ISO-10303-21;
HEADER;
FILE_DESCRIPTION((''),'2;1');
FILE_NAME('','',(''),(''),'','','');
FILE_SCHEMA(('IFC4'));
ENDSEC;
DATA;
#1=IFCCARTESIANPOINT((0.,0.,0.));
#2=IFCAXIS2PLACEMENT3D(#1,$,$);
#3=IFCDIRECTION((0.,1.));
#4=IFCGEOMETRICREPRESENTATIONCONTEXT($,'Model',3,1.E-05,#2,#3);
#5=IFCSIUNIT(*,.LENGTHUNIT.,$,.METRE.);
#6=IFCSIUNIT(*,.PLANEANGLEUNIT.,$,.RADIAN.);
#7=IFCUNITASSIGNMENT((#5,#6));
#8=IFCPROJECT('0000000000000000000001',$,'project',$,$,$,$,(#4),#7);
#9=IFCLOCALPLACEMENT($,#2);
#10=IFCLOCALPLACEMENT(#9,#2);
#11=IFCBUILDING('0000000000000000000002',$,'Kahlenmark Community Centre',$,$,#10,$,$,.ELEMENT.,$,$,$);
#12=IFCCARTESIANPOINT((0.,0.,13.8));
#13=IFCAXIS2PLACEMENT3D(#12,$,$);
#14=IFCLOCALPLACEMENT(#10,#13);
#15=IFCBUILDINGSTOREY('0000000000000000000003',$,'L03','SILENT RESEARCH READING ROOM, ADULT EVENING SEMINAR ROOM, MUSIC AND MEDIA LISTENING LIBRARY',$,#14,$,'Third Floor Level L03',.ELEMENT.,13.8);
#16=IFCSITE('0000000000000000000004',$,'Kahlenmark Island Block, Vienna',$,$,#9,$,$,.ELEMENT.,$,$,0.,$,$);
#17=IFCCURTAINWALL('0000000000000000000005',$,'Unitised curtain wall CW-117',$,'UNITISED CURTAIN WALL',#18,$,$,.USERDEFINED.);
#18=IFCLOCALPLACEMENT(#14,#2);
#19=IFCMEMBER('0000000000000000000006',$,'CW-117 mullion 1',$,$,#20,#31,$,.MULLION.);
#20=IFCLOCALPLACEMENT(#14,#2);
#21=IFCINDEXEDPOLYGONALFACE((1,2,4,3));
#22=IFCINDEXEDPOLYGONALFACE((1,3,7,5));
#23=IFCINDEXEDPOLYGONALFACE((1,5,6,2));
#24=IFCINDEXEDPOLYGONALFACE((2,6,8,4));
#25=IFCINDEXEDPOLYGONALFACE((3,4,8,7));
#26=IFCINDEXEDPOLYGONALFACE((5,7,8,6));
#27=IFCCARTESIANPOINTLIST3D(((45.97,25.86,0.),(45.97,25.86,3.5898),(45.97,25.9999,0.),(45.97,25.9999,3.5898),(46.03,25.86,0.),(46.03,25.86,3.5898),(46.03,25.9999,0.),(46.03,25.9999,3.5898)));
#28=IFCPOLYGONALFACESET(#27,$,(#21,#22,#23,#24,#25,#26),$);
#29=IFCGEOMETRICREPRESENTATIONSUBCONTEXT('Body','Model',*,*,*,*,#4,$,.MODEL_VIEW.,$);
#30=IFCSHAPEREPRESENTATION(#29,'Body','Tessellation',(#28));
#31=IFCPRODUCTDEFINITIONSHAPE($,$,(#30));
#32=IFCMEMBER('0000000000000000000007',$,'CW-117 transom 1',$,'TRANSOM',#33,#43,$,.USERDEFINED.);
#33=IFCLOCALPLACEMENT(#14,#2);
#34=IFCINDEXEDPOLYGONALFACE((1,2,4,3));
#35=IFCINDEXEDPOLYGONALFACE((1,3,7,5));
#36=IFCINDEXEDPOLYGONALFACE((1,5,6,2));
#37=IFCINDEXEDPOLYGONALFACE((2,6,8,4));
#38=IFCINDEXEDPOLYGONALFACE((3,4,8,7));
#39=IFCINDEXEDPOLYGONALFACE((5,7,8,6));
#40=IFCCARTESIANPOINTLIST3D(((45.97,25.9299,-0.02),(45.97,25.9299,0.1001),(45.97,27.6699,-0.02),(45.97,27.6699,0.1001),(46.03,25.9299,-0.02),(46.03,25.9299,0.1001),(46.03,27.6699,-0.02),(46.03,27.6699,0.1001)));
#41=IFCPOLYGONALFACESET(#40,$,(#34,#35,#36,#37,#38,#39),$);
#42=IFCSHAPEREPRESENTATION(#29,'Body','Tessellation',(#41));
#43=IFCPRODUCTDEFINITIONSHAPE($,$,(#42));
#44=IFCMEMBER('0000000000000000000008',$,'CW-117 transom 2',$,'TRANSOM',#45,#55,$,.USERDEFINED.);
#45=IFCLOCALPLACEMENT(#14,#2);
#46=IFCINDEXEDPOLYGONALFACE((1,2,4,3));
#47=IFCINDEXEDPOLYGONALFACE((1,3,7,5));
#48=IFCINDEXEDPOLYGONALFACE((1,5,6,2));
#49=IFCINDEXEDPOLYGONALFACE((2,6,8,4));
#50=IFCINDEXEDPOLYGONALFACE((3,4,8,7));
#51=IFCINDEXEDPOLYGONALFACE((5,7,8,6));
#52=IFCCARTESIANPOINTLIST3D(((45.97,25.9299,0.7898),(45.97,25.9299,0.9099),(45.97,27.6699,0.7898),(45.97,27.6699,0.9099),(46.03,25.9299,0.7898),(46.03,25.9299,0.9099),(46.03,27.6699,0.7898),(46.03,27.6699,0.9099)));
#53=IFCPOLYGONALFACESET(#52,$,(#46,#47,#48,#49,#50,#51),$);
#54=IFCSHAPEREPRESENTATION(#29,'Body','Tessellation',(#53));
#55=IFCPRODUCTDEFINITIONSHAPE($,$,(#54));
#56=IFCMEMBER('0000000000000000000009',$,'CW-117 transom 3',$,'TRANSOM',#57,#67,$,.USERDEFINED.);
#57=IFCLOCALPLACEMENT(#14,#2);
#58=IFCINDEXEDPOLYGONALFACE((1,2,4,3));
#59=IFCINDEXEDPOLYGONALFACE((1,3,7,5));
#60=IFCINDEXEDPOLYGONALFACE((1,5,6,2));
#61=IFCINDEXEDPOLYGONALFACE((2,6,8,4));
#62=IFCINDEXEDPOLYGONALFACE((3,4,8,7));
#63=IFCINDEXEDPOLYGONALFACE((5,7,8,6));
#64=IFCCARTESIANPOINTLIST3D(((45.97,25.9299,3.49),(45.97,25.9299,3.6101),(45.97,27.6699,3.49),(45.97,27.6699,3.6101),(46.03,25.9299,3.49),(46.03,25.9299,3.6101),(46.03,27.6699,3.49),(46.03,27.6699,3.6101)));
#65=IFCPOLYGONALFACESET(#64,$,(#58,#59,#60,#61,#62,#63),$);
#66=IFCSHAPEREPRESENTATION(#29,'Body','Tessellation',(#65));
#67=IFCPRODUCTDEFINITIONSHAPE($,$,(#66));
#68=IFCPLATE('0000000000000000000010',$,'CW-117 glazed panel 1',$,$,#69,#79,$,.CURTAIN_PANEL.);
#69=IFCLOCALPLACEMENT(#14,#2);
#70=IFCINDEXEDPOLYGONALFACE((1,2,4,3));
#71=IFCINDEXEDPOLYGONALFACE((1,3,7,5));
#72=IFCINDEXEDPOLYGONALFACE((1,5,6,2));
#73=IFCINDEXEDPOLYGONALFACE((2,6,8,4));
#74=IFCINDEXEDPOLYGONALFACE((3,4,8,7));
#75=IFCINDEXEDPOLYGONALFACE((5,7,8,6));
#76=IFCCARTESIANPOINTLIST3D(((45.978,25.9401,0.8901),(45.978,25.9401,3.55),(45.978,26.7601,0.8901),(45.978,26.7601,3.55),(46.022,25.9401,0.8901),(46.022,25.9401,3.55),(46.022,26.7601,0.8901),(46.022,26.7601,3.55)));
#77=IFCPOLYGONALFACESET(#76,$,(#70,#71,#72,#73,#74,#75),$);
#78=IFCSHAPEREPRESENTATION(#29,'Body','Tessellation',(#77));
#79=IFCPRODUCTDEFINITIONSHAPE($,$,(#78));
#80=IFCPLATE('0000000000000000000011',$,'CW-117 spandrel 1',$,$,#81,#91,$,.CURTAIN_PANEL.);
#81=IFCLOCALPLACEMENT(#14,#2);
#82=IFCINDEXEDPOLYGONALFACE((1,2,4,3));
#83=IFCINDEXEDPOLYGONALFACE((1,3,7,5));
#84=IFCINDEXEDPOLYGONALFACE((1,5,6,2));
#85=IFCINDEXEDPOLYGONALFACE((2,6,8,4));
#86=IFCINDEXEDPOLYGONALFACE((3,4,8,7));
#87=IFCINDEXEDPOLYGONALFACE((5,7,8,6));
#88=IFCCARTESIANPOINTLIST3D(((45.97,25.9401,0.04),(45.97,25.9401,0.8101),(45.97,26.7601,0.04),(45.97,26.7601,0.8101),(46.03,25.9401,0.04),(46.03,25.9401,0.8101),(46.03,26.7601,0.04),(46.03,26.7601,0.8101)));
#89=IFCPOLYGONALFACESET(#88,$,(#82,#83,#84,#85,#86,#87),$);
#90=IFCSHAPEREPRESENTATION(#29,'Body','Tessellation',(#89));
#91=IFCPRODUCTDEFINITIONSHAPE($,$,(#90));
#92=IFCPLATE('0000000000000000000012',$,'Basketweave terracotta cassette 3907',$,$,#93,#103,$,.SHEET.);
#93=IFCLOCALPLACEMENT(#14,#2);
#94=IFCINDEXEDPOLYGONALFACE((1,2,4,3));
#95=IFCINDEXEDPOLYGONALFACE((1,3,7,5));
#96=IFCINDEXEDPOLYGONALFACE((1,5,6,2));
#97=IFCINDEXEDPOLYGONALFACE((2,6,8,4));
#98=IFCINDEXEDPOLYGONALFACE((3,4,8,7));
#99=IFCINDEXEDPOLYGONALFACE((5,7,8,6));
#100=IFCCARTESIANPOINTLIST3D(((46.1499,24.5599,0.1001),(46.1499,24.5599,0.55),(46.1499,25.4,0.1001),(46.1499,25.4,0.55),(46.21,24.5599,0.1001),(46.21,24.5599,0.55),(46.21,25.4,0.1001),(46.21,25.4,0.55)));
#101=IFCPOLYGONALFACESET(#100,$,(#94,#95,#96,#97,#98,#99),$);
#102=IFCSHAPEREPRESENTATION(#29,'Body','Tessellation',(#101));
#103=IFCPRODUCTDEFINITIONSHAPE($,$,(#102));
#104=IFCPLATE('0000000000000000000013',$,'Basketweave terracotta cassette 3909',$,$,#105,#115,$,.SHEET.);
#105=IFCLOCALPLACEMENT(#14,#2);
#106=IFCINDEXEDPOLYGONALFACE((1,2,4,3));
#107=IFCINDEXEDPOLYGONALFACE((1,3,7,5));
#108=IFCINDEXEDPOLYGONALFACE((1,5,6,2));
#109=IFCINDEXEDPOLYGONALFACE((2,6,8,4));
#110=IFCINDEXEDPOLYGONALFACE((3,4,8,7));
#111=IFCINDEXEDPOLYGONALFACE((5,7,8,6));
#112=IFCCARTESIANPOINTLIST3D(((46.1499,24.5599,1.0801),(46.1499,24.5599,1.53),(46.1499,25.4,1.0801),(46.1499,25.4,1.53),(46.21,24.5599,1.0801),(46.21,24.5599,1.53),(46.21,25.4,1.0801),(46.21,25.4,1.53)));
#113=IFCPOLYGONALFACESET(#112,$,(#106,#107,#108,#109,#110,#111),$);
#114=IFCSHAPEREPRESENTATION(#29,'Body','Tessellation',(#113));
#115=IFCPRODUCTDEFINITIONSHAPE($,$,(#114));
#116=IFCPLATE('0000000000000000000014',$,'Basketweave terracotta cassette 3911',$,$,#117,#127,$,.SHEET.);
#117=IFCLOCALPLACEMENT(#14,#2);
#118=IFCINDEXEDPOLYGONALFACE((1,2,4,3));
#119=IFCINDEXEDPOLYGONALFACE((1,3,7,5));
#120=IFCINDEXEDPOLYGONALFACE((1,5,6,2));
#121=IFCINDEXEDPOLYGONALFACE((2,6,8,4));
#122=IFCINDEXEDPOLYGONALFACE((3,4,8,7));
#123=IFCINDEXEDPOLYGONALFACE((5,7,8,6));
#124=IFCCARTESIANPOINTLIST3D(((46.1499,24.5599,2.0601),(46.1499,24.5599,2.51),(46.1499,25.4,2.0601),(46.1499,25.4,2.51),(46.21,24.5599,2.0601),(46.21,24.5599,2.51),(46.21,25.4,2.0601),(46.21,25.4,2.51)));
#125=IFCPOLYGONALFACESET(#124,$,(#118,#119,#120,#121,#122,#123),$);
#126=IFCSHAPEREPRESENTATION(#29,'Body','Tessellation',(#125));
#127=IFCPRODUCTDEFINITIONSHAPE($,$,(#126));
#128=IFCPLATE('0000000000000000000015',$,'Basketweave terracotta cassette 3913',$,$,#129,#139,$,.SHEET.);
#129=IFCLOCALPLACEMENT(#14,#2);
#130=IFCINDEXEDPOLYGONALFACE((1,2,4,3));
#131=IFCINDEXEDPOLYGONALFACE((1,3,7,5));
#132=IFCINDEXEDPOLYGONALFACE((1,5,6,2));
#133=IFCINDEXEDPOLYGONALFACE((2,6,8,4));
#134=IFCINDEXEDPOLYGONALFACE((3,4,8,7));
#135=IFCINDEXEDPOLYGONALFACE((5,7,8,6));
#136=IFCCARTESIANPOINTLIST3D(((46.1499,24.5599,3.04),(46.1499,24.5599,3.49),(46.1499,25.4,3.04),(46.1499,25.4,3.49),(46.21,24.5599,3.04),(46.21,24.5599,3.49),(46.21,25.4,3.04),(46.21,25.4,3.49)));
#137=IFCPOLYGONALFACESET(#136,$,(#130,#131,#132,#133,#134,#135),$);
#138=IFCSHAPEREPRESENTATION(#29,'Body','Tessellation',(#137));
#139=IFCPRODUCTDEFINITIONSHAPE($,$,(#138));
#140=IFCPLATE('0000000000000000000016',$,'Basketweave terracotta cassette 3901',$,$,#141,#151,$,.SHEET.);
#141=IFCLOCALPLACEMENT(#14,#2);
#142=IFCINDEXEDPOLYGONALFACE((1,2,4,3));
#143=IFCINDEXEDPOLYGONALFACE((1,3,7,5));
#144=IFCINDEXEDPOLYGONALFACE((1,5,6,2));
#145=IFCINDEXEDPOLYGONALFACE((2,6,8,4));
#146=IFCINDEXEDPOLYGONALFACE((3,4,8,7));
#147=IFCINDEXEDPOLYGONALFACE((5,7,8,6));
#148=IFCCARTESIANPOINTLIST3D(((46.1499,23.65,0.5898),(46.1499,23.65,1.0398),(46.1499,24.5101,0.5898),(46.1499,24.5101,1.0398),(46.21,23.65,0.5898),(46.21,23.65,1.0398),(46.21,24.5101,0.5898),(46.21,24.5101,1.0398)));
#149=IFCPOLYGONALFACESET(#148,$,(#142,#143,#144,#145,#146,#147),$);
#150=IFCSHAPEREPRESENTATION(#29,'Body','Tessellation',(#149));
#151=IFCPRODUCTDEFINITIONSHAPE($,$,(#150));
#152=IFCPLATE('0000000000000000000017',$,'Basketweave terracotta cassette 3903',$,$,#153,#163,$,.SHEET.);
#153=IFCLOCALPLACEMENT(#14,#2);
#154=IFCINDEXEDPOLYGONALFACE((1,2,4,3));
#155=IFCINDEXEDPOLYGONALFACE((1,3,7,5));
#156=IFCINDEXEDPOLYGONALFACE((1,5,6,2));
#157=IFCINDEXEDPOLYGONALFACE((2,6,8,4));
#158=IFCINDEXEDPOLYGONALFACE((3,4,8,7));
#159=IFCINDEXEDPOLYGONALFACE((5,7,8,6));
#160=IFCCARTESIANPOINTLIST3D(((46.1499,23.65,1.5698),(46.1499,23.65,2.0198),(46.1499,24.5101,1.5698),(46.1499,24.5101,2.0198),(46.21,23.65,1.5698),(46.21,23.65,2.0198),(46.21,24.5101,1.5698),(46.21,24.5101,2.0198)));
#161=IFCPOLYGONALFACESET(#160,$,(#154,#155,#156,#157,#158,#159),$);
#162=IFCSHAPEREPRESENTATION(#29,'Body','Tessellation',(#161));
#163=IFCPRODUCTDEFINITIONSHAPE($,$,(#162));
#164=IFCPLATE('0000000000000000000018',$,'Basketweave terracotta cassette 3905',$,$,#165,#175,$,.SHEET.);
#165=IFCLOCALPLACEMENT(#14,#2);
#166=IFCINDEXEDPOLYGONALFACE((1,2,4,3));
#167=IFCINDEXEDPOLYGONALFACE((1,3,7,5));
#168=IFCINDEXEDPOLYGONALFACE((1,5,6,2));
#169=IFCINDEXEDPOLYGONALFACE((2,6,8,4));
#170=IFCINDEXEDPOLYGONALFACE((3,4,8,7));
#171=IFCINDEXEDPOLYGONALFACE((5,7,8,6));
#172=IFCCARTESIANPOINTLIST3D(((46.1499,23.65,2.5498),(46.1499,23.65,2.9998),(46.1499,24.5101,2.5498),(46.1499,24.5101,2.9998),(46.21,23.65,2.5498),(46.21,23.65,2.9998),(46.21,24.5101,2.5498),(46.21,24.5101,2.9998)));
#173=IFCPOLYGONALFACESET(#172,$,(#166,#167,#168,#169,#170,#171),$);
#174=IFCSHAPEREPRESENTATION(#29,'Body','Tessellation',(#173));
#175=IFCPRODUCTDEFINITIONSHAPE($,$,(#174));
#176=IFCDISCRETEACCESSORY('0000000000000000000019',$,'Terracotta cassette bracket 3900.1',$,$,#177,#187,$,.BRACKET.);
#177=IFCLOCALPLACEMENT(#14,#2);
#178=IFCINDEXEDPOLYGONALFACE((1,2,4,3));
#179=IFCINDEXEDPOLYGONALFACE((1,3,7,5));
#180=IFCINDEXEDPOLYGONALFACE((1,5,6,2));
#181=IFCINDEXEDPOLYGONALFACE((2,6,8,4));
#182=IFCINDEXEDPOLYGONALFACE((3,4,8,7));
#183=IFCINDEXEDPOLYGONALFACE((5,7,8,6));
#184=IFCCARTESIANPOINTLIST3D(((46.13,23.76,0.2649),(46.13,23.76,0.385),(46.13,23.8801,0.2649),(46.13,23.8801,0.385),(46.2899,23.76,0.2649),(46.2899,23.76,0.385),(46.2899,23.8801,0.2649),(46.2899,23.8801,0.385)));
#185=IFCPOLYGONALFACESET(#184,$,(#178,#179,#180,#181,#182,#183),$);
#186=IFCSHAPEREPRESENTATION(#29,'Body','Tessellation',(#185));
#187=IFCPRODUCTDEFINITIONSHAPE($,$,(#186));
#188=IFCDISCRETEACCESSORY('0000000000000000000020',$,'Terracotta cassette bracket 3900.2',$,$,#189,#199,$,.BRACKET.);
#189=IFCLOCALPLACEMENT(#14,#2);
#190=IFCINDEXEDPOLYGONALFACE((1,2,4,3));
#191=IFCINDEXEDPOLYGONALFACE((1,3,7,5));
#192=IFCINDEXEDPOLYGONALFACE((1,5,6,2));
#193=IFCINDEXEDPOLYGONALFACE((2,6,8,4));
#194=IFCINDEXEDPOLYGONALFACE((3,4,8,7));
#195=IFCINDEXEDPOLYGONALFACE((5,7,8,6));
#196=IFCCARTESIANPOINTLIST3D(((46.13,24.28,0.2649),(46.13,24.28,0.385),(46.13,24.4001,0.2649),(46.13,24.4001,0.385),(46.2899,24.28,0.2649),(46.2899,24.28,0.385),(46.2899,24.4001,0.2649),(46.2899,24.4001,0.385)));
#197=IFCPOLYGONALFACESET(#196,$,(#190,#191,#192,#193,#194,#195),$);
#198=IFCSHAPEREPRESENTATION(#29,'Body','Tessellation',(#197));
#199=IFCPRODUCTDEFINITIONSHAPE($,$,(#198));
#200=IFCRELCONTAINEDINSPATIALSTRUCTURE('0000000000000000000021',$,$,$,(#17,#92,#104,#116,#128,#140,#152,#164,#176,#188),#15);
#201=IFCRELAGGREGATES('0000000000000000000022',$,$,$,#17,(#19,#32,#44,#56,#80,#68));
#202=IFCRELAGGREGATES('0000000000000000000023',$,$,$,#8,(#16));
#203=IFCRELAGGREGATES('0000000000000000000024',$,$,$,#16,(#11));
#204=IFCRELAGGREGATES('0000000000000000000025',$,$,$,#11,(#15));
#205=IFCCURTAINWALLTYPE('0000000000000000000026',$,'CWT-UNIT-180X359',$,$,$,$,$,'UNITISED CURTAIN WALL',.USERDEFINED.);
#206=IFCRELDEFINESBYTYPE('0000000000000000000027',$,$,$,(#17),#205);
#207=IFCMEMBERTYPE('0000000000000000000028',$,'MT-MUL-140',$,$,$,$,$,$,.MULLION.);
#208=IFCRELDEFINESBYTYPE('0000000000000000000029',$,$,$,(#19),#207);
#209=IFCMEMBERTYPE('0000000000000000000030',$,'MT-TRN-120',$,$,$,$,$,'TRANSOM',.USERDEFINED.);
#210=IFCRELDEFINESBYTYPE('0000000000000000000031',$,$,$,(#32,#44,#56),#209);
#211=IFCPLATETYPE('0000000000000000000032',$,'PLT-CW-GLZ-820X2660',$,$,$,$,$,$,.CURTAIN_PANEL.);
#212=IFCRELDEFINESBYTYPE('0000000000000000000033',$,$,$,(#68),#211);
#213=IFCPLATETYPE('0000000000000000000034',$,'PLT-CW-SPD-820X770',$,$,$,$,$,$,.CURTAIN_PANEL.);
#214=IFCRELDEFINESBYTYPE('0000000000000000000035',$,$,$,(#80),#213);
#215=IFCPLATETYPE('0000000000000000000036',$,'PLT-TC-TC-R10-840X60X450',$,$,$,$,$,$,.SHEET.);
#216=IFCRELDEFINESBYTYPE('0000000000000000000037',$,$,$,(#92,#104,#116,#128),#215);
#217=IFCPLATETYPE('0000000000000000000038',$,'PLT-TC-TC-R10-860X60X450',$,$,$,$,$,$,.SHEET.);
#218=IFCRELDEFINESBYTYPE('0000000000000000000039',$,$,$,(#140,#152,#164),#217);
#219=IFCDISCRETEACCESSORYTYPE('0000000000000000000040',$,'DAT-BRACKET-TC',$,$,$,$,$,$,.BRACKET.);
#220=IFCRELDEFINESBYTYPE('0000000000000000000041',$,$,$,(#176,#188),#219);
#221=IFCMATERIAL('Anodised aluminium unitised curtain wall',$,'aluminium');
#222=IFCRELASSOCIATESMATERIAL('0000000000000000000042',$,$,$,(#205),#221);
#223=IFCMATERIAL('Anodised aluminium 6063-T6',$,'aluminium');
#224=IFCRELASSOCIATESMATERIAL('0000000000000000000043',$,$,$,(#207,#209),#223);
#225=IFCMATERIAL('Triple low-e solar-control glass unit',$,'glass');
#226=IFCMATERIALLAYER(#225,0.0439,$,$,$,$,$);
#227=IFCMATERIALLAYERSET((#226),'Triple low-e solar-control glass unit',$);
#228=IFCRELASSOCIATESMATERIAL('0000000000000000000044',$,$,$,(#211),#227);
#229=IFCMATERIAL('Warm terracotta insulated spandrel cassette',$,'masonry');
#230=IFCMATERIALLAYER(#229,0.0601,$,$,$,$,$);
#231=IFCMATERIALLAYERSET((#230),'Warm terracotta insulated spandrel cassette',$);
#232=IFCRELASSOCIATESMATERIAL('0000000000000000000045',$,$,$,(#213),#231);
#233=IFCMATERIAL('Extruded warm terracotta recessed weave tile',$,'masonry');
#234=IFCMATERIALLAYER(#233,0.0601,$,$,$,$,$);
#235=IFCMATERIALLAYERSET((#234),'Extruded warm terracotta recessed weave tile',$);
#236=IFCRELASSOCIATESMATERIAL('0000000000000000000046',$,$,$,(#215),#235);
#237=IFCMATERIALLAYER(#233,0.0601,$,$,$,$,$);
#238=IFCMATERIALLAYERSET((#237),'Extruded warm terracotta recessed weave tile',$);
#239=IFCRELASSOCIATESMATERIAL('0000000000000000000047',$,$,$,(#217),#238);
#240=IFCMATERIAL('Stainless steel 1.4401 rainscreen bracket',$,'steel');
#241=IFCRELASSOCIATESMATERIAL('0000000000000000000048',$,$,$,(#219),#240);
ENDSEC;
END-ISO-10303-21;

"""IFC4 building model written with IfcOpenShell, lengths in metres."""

from ifc_helpers import new_model, si_unit, direction, frame, origin, origin_2d, place, context, subcontext, project, spatial, rectangle, extrude, material, layer, layer_set, material_profile, profile_set, type_object, element, aggregate, save


model = new_model("IFC4")

# Units and contexts
model_context = context("Model", 3, precision=1e-05, world=origin(), true_north=direction((0.0, 1.0)))
body_context = subcontext(model_context, "Body", "Model", "MODEL_VIEW")
ifc_project = project(units=[si_unit("LENGTHUNIT", "METRE"), si_unit("PLANEANGLEUNIT", "RADIAN")], contexts=[model_context])

# Site, building, storey
site_placement = place(None, origin())
site = spatial("IfcSite", under=ifc_project, at=site_placement, Name="Kahlenmark Island Block, Vienna", CompositionType="ELEMENT", RefElevation=0.0)
building_placement = place(site_placement, origin())
building = spatial("IfcBuilding", under=site, at=building_placement, Name="Kahlenmark Community Centre", CompositionType="ELEMENT")
storey_placement = place(building_placement, frame((0.0, 0.0, 13.8)))
storey = spatial("IfcBuildingStorey", under=building, at=storey_placement, Name="L03", Description="SILENT RESEARCH READING ROOM, ADULT EVENING SEMINAR ROOM, MUSIC AND MEDIA LISTENING LIBRARY", LongName="Third Floor Level L03", CompositionType="ELEMENT", Elevation=13.8)

# Curtain wall, members, plates
ifc_material_1 = material(Name="Anodised aluminium unitised curtain wall", Category="aluminium")
curtain_wall_type = type_object("IfcCurtainWallType", Name="CWT-UNIT-180X359", ElementType="UNITISED CURTAIN WALL", PredefinedType="USERDEFINED", material=ifc_material_1)
curtain_wall_placement = place(storey_placement, origin())
curtain_wall = element("IfcCurtainWall", 1, at=curtain_wall_placement, inside=storey, type_object=curtain_wall_type, Name="Unitised curtain wall CW-117", ObjectType="UNITISED CURTAIN WALL", PredefinedType="USERDEFINED")
ifc_material_2 = material(Name="Anodised aluminium 6063-T6", Category="aluminium")
ifc_material_profile_1 = material_profile(ifc_material_2, rectangle(XDim=0.0601, YDim=0.1399, at=origin_2d()), Name="ALU MULLION 60x140")
ifc_profile_set_1 = profile_set([ifc_material_profile_1], Name="Anodised aluminium 6063-T6")
member_type_1 = type_object("IfcMemberType", Name="MT-MUL-140", PredefinedType="MULLION", material=ifc_profile_set_1)
member_1_placement = place(storey_placement, frame((46.0, 25.9299, 0.0), z_axis=(0.0, 0.0, 1.0), x_axis=(-1.0, 0.0, 0.0)))
member_1 = element("IfcMember", 2, at=member_1_placement, type_object=member_type_1, Name="CW-117 mullion 1", PredefinedType="MULLION", context=body_context, shape_type="SweptSolid", body=[
    extrude(rectangle(XDim=0.0601, YDim=0.1399, at=origin_2d()), origin(), (0.0, 0.0, 1.0), 3.5898),
])
ifc_material_profile_2 = material_profile(ifc_material_2, rectangle(XDim=0.0601, YDim=0.1201, at=origin_2d()), Name="ALU TRANSOM 60x120")
ifc_profile_set_2 = profile_set([ifc_material_profile_2], Name="Anodised aluminium 6063-T6")
member_type_2 = type_object("IfcMemberType", Name="MT-TRN-120", ElementType="TRANSOM", PredefinedType="USERDEFINED", material=ifc_profile_set_2)
member_2_placement = place(storey_placement, frame((46.0, 25.9299, 0.04), z_axis=(0.0, 1.0, 0.0), x_axis=(-1.0, 0.0, 0.0)))
member_2 = element("IfcMember", 3, at=member_2_placement, type_object=member_type_2, Name="CW-117 transom 1", ObjectType="TRANSOM", PredefinedType="USERDEFINED", context=body_context, shape_type="SweptSolid", body=[
    extrude(rectangle(XDim=0.0601, YDim=0.1201, at=origin_2d()), origin(), (0.0, 0.0, 1.0), 1.74),
])
member_3_placement = place(storey_placement, frame((46.0, 25.9299, 0.8499), z_axis=(0.0, 1.0, 0.0), x_axis=(-1.0, 0.0, 0.0)))
member_3 = element("IfcMember", 4, at=member_3_placement, type_object=member_type_2, Name="CW-117 transom 2", ObjectType="TRANSOM", PredefinedType="USERDEFINED", context=body_context, shape_type="SweptSolid", body=[
    extrude(rectangle(XDim=0.0601, YDim=0.1201, at=origin_2d()), origin(), (0.0, 0.0, 1.0), 1.74),
])
member_4_placement = place(storey_placement, frame((46.0, 25.9299, 3.55), z_axis=(0.0, 1.0, 0.0), x_axis=(-1.0, 0.0, 0.0)))
member_4 = element("IfcMember", 5, at=member_4_placement, type_object=member_type_2, Name="CW-117 transom 3", ObjectType="TRANSOM", PredefinedType="USERDEFINED", context=body_context, shape_type="SweptSolid", body=[
    extrude(rectangle(XDim=0.0601, YDim=0.1201, at=origin_2d()), origin(), (0.0, 0.0, 1.0), 1.74),
])
ifc_material_3 = material(Name="Triple low-e solar-control glass unit", Category="glass")
ifc_layer_1 = layer(ifc_material_3, 0.0439)
ifc_layer_set_1 = layer_set([ifc_layer_1], Name="Triple low-e solar-control glass unit")
plate_type_1 = type_object("IfcPlateType", Name="PLT-CW-GLZ-820X2660", PredefinedType="CURTAIN_PANEL", material=ifc_layer_set_1)
plate_1_placement = place(storey_placement, frame((46.0, 26.3501, 0.8901), z_axis=(0.0, 0.0, 1.0), x_axis=(0.0, 1.0, 0.0)))
plate_1 = element("IfcPlate", 6, at=plate_1_placement, type_object=plate_type_1, Name="CW-117 glazed panel 1", PredefinedType="CURTAIN_PANEL", context=body_context, shape_type="SweptSolid", body=[
    extrude(rectangle(XDim=0.8201, YDim=0.0439, at=origin_2d()), origin(), (0.0, 0.0, 1.0), 2.6599),
])
ifc_material_4 = material(Name="Warm terracotta insulated spandrel cassette", Category="masonry")
ifc_layer_2 = layer(ifc_material_4, 0.0601)
ifc_layer_set_2 = layer_set([ifc_layer_2], Name="Warm terracotta insulated spandrel cassette")
plate_type_2 = type_object("IfcPlateType", Name="PLT-CW-SPD-820X770", PredefinedType="CURTAIN_PANEL", material=ifc_layer_set_2)
plate_2_placement = place(storey_placement, frame((46.0, 26.3501, 0.04), z_axis=(0.0, 0.0, 1.0), x_axis=(0.0, 1.0, 0.0)))
plate_2 = element("IfcPlate", 7, at=plate_2_placement, type_object=plate_type_2, Name="CW-117 spandrel 1", PredefinedType="CURTAIN_PANEL", context=body_context, shape_type="SweptSolid", body=[
    extrude(rectangle(XDim=0.8201, YDim=0.0601, at=origin_2d()), origin(), (0.0, 0.0, 1.0), 0.77),
])
aggregate(curtain_wall, [member_1, member_2, member_3, member_4, plate_2, plate_1])

# Plates
ifc_material_5 = material(Name="Extruded warm terracotta recessed weave tile", Category="masonry")
ifc_layer_3 = layer(ifc_material_5, 0.0601)
ifc_layer_set_3 = layer_set([ifc_layer_3], Name="Extruded warm terracotta recessed weave tile")
plate_type_3 = type_object("IfcPlateType", Name="PLT-TC-TC-R10-840X60X450", PredefinedType="SHEET", material=ifc_layer_set_3)
for number, where, z_axis, x_axis, name in (
    (8, (46.1799, 24.98, 0.1001), (0.0, 0.0, 1.0), (0.0, 1.0, 0.0), "Basketweave terracotta cassette 3907"),
    (9, (46.1799, 24.98, 1.0801), (0.0, 0.0, 1.0), (0.0, 1.0, 0.0), "Basketweave terracotta cassette 3909"),
    (10, (46.1799, 24.98, 2.0601), (0.0, 0.0, 1.0), (0.0, 1.0, 0.0), "Basketweave terracotta cassette 3911"),
    (11, (46.1799, 24.98, 3.04), (0.0, 0.0, 1.0), (0.0, 1.0, 0.0), "Basketweave terracotta cassette 3913"),
):
    element("IfcPlate", number, at=place(storey_placement, frame(where, z_axis=z_axis, x_axis=x_axis)), inside=storey, type_object=plate_type_3, Name=name, PredefinedType="SHEET", context=body_context, shape_type="SweptSolid", body=[
        extrude(rectangle(XDim=0.8401, YDim=0.0601, at=origin_2d()), origin(), (0.0, 0.0, 1.0), 0.45),
    ])
ifc_layer_4 = layer(ifc_material_5, 0.0601)
ifc_layer_set_4 = layer_set([ifc_layer_4], Name="Extruded warm terracotta recessed weave tile")
plate_type_4 = type_object("IfcPlateType", Name="PLT-TC-TC-R10-860X60X450", PredefinedType="SHEET", material=ifc_layer_set_4)
for number, where, z_axis, x_axis, name in (
    (12, (46.1799, 24.0801, 0.5898), (0.0, 0.0, 1.0), (0.0, 1.0, 0.0), "Basketweave terracotta cassette 3901"),
    (13, (46.1799, 24.0801, 1.5698), (0.0, 0.0, 1.0), (0.0, 1.0, 0.0), "Basketweave terracotta cassette 3903"),
    (14, (46.1799, 24.0801, 2.5498), (0.0, 0.0, 1.0), (0.0, 1.0, 0.0), "Basketweave terracotta cassette 3905"),
):
    element("IfcPlate", number, at=place(storey_placement, frame(where, z_axis=z_axis, x_axis=x_axis)), inside=storey, type_object=plate_type_4, Name=name, PredefinedType="SHEET", context=body_context, shape_type="SweptSolid", body=[
        extrude(rectangle(XDim=0.8601, YDim=0.0601, at=origin_2d()), origin(), (0.0, 0.0, 1.0), 0.45),
    ])

# Discrete accessories
ifc_material_6 = material(Name="Stainless steel 1.4401 rainscreen bracket", Category="steel")
discrete_accessory_type = type_object("IfcDiscreteAccessoryType", Name="DAT-BRACKET-TC", PredefinedType="BRACKET", material=ifc_material_6)
for number, where, z_axis, x_axis, name in (
    (15, (46.21, 23.8201, 0.2649), (0.0, 0.0, 1.0), (0.0, 1.0, 0.0), "Terracotta cassette bracket 3900.1"),
    (16, (46.21, 24.3401, 0.2649), (0.0, 0.0, 1.0), (0.0, 1.0, 0.0), "Terracotta cassette bracket 3900.2"),
):
    element("IfcDiscreteAccessory", number, at=place(storey_placement, frame(where, z_axis=z_axis, x_axis=x_axis)), inside=storey, type_object=discrete_accessory_type, Name=name, PredefinedType="BRACKET", context=body_context, shape_type="SweptSolid", body=[
        extrude(rectangle(XDim=0.1201, YDim=0.1599, at=origin_2d()), origin(), (0.0, 0.0, 1.0), 0.1201),
    ])

save(model, "model.ifc")
